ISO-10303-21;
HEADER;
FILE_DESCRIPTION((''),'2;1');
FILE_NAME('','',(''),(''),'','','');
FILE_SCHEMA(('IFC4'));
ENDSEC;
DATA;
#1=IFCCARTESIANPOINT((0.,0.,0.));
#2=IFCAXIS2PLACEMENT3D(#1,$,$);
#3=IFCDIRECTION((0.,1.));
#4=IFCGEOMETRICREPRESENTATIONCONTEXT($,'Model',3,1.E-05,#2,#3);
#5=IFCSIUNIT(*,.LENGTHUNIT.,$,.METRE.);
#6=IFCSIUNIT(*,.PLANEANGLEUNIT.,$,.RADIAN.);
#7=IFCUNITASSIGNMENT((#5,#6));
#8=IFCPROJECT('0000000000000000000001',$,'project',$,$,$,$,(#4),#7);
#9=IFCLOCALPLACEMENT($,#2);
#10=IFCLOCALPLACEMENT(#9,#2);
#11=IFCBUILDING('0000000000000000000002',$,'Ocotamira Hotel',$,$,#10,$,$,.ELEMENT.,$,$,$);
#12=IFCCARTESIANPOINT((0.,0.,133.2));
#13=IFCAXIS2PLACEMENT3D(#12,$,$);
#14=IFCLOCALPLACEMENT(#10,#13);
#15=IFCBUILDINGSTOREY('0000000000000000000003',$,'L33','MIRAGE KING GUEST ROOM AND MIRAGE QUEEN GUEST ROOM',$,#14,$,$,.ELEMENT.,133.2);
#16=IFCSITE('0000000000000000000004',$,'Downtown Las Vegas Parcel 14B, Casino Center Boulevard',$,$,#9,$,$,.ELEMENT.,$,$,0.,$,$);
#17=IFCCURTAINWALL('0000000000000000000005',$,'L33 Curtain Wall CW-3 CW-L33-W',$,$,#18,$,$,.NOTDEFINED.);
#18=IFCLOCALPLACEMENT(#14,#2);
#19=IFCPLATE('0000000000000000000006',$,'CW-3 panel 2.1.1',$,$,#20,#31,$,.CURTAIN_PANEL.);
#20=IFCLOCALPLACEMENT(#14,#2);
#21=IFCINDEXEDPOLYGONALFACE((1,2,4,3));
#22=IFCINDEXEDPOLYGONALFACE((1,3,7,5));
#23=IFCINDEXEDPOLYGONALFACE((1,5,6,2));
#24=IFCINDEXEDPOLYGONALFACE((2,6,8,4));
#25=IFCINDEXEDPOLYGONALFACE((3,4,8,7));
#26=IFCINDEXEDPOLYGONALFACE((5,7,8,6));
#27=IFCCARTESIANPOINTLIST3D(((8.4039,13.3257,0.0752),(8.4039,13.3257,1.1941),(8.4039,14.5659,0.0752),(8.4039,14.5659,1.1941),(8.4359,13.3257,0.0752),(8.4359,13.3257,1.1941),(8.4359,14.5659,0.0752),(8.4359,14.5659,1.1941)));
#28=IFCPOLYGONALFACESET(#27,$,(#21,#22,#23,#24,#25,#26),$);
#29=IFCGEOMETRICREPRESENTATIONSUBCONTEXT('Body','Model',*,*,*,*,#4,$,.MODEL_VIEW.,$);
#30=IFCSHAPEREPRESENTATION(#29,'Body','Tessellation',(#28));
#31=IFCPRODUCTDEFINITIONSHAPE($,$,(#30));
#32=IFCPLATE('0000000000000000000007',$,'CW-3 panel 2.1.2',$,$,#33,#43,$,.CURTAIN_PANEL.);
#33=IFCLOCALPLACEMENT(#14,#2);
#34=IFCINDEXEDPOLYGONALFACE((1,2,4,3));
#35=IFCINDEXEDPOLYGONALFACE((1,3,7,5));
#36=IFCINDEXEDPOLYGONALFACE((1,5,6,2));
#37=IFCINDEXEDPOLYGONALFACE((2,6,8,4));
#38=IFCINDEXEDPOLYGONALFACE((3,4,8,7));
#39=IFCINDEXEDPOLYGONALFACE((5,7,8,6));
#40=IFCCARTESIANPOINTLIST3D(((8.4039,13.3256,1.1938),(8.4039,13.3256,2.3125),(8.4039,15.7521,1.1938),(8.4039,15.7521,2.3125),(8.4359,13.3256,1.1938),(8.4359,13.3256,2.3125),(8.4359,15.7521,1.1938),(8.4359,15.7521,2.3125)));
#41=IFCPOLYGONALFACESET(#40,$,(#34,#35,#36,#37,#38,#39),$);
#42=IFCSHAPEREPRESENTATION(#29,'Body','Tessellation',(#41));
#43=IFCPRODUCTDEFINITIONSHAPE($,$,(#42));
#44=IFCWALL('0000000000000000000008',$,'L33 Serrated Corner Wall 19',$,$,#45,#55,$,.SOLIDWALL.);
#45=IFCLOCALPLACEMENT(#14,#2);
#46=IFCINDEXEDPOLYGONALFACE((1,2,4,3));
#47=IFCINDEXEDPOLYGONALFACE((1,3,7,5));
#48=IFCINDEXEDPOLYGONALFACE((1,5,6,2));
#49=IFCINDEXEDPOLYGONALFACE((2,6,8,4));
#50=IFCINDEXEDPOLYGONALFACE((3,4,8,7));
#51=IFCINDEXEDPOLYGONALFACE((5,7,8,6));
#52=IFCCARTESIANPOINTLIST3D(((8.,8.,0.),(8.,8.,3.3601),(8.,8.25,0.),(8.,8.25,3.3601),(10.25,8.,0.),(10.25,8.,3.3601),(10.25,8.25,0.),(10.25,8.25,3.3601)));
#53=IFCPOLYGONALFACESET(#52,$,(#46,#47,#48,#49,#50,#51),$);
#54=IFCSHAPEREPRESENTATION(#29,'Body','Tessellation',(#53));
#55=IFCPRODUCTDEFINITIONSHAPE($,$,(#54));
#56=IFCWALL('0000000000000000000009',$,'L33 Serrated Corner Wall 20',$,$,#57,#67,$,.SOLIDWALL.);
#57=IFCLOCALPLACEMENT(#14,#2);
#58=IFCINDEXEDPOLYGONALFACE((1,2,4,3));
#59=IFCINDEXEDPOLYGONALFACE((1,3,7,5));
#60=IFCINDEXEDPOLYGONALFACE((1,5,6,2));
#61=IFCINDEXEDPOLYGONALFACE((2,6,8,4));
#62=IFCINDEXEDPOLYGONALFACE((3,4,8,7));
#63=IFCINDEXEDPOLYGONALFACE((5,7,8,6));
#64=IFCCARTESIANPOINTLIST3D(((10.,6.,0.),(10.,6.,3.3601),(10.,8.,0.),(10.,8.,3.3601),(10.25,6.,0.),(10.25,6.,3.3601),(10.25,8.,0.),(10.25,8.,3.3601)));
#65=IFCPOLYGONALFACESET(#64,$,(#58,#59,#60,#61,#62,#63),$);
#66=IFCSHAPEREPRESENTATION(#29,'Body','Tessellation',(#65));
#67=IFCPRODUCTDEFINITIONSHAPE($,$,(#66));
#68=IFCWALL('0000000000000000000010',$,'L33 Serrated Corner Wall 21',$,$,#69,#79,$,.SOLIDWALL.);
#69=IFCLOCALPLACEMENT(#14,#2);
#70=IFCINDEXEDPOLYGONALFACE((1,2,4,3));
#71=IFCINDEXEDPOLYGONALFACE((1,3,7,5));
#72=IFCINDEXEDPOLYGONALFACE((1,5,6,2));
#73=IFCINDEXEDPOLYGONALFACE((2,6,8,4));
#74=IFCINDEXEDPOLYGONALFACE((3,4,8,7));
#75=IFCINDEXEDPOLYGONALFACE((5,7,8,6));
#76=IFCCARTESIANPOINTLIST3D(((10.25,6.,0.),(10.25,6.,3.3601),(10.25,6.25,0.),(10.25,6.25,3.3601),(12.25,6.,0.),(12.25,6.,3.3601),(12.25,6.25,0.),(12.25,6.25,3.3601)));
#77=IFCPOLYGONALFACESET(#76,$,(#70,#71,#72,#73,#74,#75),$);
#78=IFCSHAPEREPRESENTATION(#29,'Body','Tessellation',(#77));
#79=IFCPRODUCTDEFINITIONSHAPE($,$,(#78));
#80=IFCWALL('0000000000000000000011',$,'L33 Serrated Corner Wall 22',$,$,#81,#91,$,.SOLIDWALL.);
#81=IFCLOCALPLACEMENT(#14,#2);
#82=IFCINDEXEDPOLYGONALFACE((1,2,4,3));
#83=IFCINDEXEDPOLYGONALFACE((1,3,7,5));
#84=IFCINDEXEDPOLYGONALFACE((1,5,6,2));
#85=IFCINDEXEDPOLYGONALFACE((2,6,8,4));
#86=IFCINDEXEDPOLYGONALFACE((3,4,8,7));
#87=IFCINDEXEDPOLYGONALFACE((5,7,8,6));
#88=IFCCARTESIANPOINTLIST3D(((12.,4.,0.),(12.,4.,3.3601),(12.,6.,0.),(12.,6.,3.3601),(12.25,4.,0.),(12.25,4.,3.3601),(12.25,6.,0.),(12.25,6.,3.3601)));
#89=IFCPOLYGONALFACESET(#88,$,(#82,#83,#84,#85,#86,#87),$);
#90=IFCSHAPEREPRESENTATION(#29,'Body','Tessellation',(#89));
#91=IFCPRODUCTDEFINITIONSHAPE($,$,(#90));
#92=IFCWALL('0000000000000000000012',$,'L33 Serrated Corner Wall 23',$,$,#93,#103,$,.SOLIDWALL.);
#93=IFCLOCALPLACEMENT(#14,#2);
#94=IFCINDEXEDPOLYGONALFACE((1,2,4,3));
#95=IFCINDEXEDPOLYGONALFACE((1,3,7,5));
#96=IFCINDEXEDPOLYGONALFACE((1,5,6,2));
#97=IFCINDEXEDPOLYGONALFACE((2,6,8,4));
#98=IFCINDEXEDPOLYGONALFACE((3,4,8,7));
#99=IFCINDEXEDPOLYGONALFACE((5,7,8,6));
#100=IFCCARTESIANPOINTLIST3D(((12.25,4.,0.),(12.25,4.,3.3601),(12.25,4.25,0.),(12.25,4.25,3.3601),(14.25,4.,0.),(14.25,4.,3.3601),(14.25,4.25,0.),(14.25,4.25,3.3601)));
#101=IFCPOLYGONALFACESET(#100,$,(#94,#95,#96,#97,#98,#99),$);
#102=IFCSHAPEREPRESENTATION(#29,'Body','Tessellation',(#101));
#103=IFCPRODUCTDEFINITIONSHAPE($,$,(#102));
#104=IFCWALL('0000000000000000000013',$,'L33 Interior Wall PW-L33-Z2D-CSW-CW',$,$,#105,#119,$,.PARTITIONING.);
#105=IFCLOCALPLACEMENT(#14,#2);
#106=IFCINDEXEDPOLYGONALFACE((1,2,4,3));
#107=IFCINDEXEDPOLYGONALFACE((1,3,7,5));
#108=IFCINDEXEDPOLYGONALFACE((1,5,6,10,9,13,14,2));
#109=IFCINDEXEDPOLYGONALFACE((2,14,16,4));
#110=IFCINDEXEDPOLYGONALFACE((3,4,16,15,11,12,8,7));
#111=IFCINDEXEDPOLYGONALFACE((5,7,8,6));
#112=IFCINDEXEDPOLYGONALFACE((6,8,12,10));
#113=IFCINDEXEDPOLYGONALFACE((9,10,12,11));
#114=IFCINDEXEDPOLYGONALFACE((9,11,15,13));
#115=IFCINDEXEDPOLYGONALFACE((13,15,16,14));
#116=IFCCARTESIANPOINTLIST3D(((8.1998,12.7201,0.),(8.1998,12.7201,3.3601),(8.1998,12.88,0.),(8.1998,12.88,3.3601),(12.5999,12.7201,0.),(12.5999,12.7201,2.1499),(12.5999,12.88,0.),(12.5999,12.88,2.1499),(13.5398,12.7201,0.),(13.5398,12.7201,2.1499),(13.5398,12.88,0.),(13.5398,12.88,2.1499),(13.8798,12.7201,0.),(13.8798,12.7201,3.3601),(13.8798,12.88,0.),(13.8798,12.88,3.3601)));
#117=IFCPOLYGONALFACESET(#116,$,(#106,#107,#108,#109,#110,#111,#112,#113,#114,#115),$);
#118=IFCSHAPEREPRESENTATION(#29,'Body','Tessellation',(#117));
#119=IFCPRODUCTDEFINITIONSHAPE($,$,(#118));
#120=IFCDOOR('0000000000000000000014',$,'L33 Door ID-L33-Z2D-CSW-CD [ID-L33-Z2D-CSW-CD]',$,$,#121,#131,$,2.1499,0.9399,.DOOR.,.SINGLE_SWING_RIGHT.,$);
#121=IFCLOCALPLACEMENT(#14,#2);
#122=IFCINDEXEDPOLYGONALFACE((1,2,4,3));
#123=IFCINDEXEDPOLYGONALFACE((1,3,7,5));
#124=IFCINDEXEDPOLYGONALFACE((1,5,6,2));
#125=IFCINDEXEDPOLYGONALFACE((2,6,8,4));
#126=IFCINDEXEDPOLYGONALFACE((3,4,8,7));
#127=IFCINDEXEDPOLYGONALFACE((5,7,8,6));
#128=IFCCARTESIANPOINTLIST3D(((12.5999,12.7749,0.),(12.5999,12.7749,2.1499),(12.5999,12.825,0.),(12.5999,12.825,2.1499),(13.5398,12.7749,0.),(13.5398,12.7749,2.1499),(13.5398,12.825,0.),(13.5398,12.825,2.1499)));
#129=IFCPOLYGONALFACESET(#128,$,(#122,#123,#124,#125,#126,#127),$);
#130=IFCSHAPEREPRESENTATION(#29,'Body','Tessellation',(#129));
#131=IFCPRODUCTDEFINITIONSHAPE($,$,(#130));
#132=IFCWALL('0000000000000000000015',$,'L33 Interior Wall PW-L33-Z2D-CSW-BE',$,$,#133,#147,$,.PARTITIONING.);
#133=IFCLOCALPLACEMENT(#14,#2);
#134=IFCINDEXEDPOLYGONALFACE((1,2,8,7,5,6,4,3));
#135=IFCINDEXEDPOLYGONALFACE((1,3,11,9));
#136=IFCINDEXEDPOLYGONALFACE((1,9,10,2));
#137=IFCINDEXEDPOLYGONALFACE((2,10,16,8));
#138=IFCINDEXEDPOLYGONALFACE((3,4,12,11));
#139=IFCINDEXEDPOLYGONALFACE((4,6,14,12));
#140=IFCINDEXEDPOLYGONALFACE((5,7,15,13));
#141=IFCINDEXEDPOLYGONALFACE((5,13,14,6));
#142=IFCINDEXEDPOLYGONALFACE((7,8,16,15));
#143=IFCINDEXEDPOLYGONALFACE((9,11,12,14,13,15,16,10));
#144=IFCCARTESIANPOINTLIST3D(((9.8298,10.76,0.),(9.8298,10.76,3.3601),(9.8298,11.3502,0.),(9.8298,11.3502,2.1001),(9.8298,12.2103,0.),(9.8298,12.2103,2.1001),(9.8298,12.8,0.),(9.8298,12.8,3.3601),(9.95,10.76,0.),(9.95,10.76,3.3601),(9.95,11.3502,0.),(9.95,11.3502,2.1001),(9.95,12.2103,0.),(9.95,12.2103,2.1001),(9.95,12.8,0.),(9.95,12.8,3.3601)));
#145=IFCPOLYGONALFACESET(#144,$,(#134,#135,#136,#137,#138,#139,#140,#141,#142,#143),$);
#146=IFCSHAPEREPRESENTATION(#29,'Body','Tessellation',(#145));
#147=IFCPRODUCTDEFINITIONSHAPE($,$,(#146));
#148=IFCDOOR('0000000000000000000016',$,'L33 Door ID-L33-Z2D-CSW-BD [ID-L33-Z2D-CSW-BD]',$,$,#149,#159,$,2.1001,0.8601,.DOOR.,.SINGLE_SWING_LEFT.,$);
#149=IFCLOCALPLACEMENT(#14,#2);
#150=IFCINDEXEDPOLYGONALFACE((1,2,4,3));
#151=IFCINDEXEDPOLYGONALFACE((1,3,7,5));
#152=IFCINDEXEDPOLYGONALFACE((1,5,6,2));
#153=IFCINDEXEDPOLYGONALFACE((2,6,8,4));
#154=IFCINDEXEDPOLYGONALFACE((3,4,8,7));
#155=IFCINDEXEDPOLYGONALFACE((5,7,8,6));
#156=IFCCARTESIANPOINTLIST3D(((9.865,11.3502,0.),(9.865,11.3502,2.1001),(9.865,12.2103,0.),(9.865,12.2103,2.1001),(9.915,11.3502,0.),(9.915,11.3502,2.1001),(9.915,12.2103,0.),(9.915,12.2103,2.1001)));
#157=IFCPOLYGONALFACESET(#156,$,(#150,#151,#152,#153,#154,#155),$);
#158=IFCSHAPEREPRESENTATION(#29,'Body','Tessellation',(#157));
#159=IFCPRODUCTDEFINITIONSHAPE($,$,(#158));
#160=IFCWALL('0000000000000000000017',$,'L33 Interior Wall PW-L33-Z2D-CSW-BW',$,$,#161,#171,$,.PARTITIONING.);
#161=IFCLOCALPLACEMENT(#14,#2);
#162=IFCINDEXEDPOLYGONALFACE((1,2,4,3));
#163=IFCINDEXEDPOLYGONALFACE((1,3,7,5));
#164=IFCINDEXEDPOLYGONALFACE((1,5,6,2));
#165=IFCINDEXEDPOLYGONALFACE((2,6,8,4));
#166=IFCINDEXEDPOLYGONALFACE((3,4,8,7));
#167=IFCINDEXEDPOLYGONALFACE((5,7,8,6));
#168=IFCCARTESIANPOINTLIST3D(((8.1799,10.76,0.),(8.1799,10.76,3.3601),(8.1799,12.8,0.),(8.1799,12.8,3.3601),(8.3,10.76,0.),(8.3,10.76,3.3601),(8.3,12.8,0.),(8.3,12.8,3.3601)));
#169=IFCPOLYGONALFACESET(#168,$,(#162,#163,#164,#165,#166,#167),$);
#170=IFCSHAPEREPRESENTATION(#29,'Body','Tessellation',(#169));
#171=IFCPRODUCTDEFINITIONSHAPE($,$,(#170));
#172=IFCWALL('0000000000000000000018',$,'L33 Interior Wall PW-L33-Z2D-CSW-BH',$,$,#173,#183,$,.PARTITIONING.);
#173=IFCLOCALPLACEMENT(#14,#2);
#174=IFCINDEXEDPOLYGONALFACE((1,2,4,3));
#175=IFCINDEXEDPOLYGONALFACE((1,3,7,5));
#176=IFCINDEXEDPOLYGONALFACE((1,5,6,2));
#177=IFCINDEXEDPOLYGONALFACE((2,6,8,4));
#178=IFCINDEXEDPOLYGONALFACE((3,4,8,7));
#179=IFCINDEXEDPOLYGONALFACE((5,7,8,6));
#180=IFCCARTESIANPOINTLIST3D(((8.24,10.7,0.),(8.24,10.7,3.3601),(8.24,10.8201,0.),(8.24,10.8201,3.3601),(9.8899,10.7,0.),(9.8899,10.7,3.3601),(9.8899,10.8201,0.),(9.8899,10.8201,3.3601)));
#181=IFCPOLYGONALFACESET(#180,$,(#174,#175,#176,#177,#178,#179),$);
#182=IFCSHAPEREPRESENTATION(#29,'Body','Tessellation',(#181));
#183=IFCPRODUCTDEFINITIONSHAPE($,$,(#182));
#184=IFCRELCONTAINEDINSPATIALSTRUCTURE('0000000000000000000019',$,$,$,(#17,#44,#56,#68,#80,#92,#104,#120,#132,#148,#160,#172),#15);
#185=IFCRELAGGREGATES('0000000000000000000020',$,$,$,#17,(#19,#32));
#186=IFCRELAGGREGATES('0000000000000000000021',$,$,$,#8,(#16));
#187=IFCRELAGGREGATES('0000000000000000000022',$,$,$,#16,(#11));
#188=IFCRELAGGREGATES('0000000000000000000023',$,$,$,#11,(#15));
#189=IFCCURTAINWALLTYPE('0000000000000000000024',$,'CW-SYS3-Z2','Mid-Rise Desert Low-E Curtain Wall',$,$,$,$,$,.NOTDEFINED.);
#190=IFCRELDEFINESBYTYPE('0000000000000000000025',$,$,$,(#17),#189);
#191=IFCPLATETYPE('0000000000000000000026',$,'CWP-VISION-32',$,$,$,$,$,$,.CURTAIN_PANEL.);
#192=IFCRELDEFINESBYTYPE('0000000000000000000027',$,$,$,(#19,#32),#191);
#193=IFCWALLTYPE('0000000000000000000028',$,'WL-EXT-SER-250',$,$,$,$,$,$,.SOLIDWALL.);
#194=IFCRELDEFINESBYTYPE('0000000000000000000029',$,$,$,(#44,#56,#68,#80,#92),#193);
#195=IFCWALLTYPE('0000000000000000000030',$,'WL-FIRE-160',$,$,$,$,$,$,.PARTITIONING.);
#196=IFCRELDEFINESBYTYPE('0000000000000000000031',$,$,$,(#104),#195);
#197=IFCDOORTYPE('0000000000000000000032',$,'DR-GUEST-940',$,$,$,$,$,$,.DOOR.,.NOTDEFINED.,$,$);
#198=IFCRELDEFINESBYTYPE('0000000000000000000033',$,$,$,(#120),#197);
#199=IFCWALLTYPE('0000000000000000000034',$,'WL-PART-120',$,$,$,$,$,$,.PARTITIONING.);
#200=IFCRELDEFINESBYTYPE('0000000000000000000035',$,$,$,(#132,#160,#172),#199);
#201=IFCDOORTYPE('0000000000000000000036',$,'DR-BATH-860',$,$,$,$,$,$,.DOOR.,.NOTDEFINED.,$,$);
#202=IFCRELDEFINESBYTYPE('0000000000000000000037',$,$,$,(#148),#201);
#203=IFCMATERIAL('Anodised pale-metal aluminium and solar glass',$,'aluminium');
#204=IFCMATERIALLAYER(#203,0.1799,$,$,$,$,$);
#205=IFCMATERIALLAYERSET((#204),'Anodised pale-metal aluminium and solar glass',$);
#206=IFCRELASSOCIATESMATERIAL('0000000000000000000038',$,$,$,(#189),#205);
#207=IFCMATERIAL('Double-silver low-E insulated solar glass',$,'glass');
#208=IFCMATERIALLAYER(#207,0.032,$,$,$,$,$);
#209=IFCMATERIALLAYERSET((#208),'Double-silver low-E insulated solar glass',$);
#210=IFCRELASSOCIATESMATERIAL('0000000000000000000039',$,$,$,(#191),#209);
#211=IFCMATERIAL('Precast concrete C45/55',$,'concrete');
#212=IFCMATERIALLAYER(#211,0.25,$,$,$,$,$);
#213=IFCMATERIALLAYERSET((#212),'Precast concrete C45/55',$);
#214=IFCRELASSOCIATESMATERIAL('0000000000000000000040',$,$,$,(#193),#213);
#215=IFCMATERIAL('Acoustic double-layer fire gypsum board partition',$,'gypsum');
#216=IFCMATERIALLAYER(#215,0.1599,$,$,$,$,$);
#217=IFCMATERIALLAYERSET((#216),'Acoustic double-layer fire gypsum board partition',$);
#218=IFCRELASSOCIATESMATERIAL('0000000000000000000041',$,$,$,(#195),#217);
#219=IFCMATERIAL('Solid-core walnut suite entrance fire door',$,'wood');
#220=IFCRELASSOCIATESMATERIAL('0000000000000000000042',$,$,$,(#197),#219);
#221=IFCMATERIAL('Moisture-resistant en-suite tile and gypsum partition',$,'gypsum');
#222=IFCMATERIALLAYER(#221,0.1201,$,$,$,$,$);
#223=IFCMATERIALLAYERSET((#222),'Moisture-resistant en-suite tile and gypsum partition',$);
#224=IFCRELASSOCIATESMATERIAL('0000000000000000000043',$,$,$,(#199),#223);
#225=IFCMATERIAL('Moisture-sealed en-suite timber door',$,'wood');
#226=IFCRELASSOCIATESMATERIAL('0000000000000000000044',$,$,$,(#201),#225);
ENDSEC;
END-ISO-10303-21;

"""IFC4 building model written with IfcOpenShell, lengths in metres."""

from ifc_helpers import new_model, si_unit, direction, frame, frame_2d, origin, origin_2d, place, context, subcontext, project, spatial, rectangle, extrude, source, transform, mapped, material, layer, layer_set, type_object, element, fill, aggregate, save


model = new_model("IFC4")

# Units and contexts
model_context = context("Model", 3, precision=1e-05, world=origin(), true_north=direction((0.0, 1.0)))
body_context = subcontext(model_context, "Body", "Model", "MODEL_VIEW")
ifc_project = project(units=[si_unit("LENGTHUNIT", "METRE"), si_unit("PLANEANGLEUNIT", "RADIAN")], contexts=[model_context])

# Site, building, storey
site_placement = place(None, origin())
site = spatial("IfcSite", under=ifc_project, at=site_placement, Name="Downtown Las Vegas Parcel 14B, Casino Center Boulevard", CompositionType="ELEMENT", RefElevation=0.0)
building_placement = place(site_placement, origin())
building = spatial("IfcBuilding", under=site, at=building_placement, Name="Ocotamira Hotel", CompositionType="ELEMENT")
storey_placement = place(building_placement, frame((0.0, 0.0, 133.2)))
storey = spatial("IfcBuildingStorey", under=building, at=storey_placement, Name="L33", Description="MIRAGE KING GUEST ROOM AND MIRAGE QUEEN GUEST ROOM", CompositionType="ELEMENT", Elevation=133.2)

# Curtain wall
ifc_material_1 = material(Name="Anodised pale-metal aluminium and solar glass", Category="aluminium")
ifc_layer_1 = layer(ifc_material_1, 0.1799)
ifc_layer_set_1 = layer_set([ifc_layer_1], Name="Anodised pale-metal aluminium and solar glass")
curtain_wall_type = type_object("IfcCurtainWallType", Name="CW-SYS3-Z2", Description="Mid-Rise Desert Low-E Curtain Wall", PredefinedType="NOTDEFINED", material=ifc_layer_set_1)
curtain_wall_placement = place(storey_placement, origin())
curtain_wall = element("IfcCurtainWall", 1, at=curtain_wall_placement, inside=storey, type_object=curtain_wall_type, Name="L33 Curtain Wall CW-3 CW-L33-W", PredefinedType="NOTDEFINED")

# Plates
ifc_material_2 = material(Name="Double-silver low-E insulated solar glass", Category="glass")
ifc_layer_2 = layer(ifc_material_2, 0.032)
ifc_layer_set_2 = layer_set([ifc_layer_2], Name="Double-silver low-E insulated solar glass")
plate_type = type_object("IfcPlateType", Name="CWP-VISION-32", PredefinedType="CURTAIN_PANEL", material=ifc_layer_set_2)
shared_shape_1 = source(origin(), body_context, "Body", "SweptSolid", [
    extrude(rectangle(XDim=1.2402, YDim=0.032, at=origin_2d()), origin(), (0.0, 0.0, 1.0), 1.1189),
])
plate_1_placement = place(storey_placement, frame((8.4199, 13.9458, 0.0752), z_axis=(0.0, 0.0, 1.0), x_axis=(0.0, 1.0, 0.0)))
plate_1 = element("IfcPlate", 2, at=plate_1_placement, type_object=plate_type, Name="CW-3 panel 2.1.1", PredefinedType="CURTAIN_PANEL", context=body_context, shape_type="MappedRepresentation", body=[
    mapped(shared_shape_1, transform((0.0, 0.0, 0.0), scale=1.0)),
])
shared_shape_2 = source(origin(), body_context, "Body", "SweptSolid", [
    extrude(rectangle(XDim=2.4265, YDim=0.032, at=origin_2d()), origin(), (0.0, 0.0, 1.0), 1.1187),
])
plate_2_placement = place(storey_placement, frame((8.4199, 14.5388, 1.1938), z_axis=(0.0, 0.0, 1.0), x_axis=(0.0, 1.0, 0.0)))
plate_2 = element("IfcPlate", 3, at=plate_2_placement, type_object=plate_type, Name="CW-3 panel 2.1.2", PredefinedType="CURTAIN_PANEL", context=body_context, shape_type="MappedRepresentation", body=[
    mapped(shared_shape_2, transform((0.0, 0.0, 0.0), scale=1.0)),
])
aggregate(curtain_wall, [plate_1, plate_2])

# Walls
ifc_material_3 = material(Name="Precast concrete C45/55", Category="concrete")
ifc_layer_3 = layer(ifc_material_3, 0.25)
ifc_layer_set_3 = layer_set([ifc_layer_3], Name="Precast concrete C45/55")
wall_type_1 = type_object("IfcWallType", Name="WL-EXT-SER-250", PredefinedType="SOLIDWALL", material=ifc_layer_set_3)
wall_1_placement = place(storey_placement, frame((8.0, 8.125, 0.0), z_axis=(0.0, 0.0, 1.0), x_axis=(1.0, 0.0, 0.0)))
element("IfcWall", 4, at=wall_1_placement, inside=storey, type_object=wall_type_1, Name="L33 Serrated Corner Wall 19", PredefinedType="SOLIDWALL", context=body_context, shape_type="SweptSolid", body=[
    extrude(rectangle(XDim=2.25, YDim=0.25, at=frame_2d((1.125, 0.0))), origin(), (0.0, 0.0, 1.0), 3.3601),
])
for number, where, z_axis, x_axis, name in (
    (5, (10.125, 8.0, 0.0), (0.0, 0.0, 1.0), (0.0, -1.0, 0.0), "L33 Serrated Corner Wall 20"),
    (6, (10.25, 6.125, 0.0), (0.0, 0.0, 1.0), (1.0, 0.0, 0.0), "L33 Serrated Corner Wall 21"),
    (7, (12.125, 6.0, 0.0), (0.0, 0.0, 1.0), (0.0, -1.0, 0.0), "L33 Serrated Corner Wall 22"),
    (8, (12.25, 4.125, 0.0), (0.0, 0.0, 1.0), (1.0, 0.0, 0.0), "L33 Serrated Corner Wall 23"),
):
    element("IfcWall", number, at=place(storey_placement, frame(where, z_axis=z_axis, x_axis=x_axis)), inside=storey, type_object=wall_type_1, Name=name, PredefinedType="SOLIDWALL", context=body_context, shape_type="SweptSolid", body=[
        extrude(rectangle(XDim=2.0, YDim=0.25, at=frame_2d((1.0, 0.0))), origin(), (0.0, 0.0, 1.0), 3.3601),
    ])

# Walls, openings, doors
ifc_material_4 = material(Name="Acoustic double-layer fire gypsum board partition", Category="gypsum")
ifc_layer_4 = layer(ifc_material_4, 0.1599)
ifc_layer_set_4 = layer_set([ifc_layer_4], Name="Acoustic double-layer fire gypsum board partition")
wall_type_2 = type_object("IfcWallType", Name="WL-FIRE-160", PredefinedType="PARTITIONING", material=ifc_layer_set_4)
wall_2_placement = place(storey_placement, frame((8.2, 12.8, 0.0), z_axis=(0.0, 0.0, 1.0), x_axis=(1.0, 0.0, 0.0)))
wall_2 = element("IfcWall", 9, at=wall_2_placement, inside=storey, type_object=wall_type_2, Name="L33 Interior Wall PW-L33-Z2D-CSW-CW", PredefinedType="PARTITIONING", context=body_context, shape_type="SweptSolid", body=[
    extrude(rectangle(XDim=5.6799, YDim=0.1599, at=frame_2d((2.8398, 0.0))), origin(), (0.0, 0.0, 1.0), 3.3601),
])
opening_1_placement = place(wall_2_placement, frame((4.3999, 0.0, 0.0)))
opening_1 = element("IfcOpeningElement", 10, at=opening_1_placement, cuts=wall_2, PredefinedType="OPENING", context=body_context, shape_type="SweptSolid", body=[
    extrude(rectangle(XDim=0.9399, YDim=2.1499, at=frame_2d((0.47, 1.075))), frame((0.0, 0.0898, 0.0), z_axis=(0.0, -1.0, 0.0), x_axis=(1.0, 0.0, 0.0)), (0.0, 0.0, 1.0), 0.1799),
])
ifc_material_5 = material(Name="Solid-core walnut suite entrance fire door", Category="wood")
door_type_1 = type_object("IfcDoorType", Name="DR-GUEST-940", OperationType="NOTDEFINED", PredefinedType="DOOR", material=ifc_material_5)
shared_shape_3 = source(origin(), body_context, "Body", "SweptSolid", [
    extrude(rectangle(XDim=0.9399, YDim=2.1499, at=frame_2d((0.47, 1.075))), frame((0.0, 0.0249, 0.0), z_axis=(0.0, -1.0, 0.0), x_axis=(1.0, 0.0, 0.0)), (0.0, 0.0, 1.0), 0.05),
])
door_1_placement = place(opening_1_placement, origin())
door_1 = element("IfcDoor", 11, at=door_1_placement, inside=storey, type_object=door_type_1, Name="L33 Door ID-L33-Z2D-CSW-CD [ID-L33-Z2D-CSW-CD]", OperationType="SINGLE_SWING_RIGHT", OverallHeight=2.1499, OverallWidth=0.9399, PredefinedType="DOOR", context=body_context, shape_type="MappedRepresentation", body=[
    mapped(shared_shape_3, transform((0.0, 0.0, 0.0), scale=1.0)),
])
fill(opening_1, door_1)
ifc_material_6 = material(Name="Moisture-resistant en-suite tile and gypsum partition", Category="gypsum")
ifc_layer_5 = layer(ifc_material_6, 0.1201)
ifc_layer_set_5 = layer_set([ifc_layer_5], Name="Moisture-resistant en-suite tile and gypsum partition")
wall_type_3 = type_object("IfcWallType", Name="WL-PART-120", PredefinedType="PARTITIONING", material=ifc_layer_set_5)
wall_3_placement = place(storey_placement, frame((9.8899, 10.76, 0.0), z_axis=(0.0, 0.0, 1.0), x_axis=(0.0, 1.0, 0.0)))
wall_3 = element("IfcWall", 12, at=wall_3_placement, inside=storey, type_object=wall_type_3, Name="L33 Interior Wall PW-L33-Z2D-CSW-BE", PredefinedType="PARTITIONING", context=body_context, shape_type="SweptSolid", body=[
    extrude(rectangle(XDim=2.04, YDim=0.1201, at=frame_2d((1.02, 0.0))), origin(), (0.0, 0.0, 1.0), 3.3601),
])
opening_2_placement = place(wall_3_placement, frame((0.5901, 0.0, 0.0)))
opening_2 = element("IfcOpeningElement", 13, at=opening_2_placement, cuts=wall_3, PredefinedType="OPENING", context=body_context, shape_type="SweptSolid", body=[
    extrude(rectangle(XDim=0.8601, YDim=2.1001, at=frame_2d((0.4302, 1.05))), frame((0.0, 0.0701, 0.0), z_axis=(0.0, -1.0, 0.0), x_axis=(1.0, 0.0, 0.0)), (0.0, 0.0, 1.0), 0.1401),
])
ifc_material_7 = material(Name="Moisture-sealed en-suite timber door", Category="wood")
door_type_2 = type_object("IfcDoorType", Name="DR-BATH-860", OperationType="NOTDEFINED", PredefinedType="DOOR", material=ifc_material_7)
shared_shape_4 = source(origin(), body_context, "Body", "SweptSolid", [
    extrude(rectangle(XDim=0.8601, YDim=2.1001, at=frame_2d((0.4302, 1.05))), frame((0.0, 0.0249, 0.0), z_axis=(0.0, -1.0, 0.0), x_axis=(1.0, 0.0, 0.0)), (0.0, 0.0, 1.0), 0.05),
])
door_2_placement = place(opening_2_placement, origin())
door_2 = element("IfcDoor", 14, at=door_2_placement, inside=storey, type_object=door_type_2, Name="L33 Door ID-L33-Z2D-CSW-BD [ID-L33-Z2D-CSW-BD]", OperationType="SINGLE_SWING_LEFT", OverallHeight=2.1001, OverallWidth=0.8601, PredefinedType="DOOR", context=body_context, shape_type="MappedRepresentation", body=[
    mapped(shared_shape_4, transform((0.0, 0.0, 0.0), scale=1.0)),
])
fill(opening_2, door_2)

# Walls
wall_4_placement = place(storey_placement, frame((8.24, 10.76, 0.0), z_axis=(0.0, 0.0, 1.0), x_axis=(0.0, 1.0, 0.0)))
element("IfcWall", 15, at=wall_4_placement, inside=storey, type_object=wall_type_3, Name="L33 Interior Wall PW-L33-Z2D-CSW-BW", PredefinedType="PARTITIONING", context=body_context, shape_type="SweptSolid", body=[
    extrude(rectangle(XDim=2.04, YDim=0.1201, at=frame_2d((1.02, 0.0))), origin(), (0.0, 0.0, 1.0), 3.3601),
])
wall_5_placement = place(storey_placement, frame((8.24, 10.76, 0.0), z_axis=(0.0, 0.0, 1.0), x_axis=(1.0, 0.0, 0.0)))
element("IfcWall", 16, at=wall_5_placement, inside=storey, type_object=wall_type_3, Name="L33 Interior Wall PW-L33-Z2D-CSW-BH", PredefinedType="PARTITIONING", context=body_context, shape_type="SweptSolid", body=[
    extrude(rectangle(XDim=1.6499, YDim=0.1201, at=frame_2d((0.825, 0.0))), origin(), (0.0, 0.0, 1.0), 3.3601),
])

save(model, "model.ifc")
